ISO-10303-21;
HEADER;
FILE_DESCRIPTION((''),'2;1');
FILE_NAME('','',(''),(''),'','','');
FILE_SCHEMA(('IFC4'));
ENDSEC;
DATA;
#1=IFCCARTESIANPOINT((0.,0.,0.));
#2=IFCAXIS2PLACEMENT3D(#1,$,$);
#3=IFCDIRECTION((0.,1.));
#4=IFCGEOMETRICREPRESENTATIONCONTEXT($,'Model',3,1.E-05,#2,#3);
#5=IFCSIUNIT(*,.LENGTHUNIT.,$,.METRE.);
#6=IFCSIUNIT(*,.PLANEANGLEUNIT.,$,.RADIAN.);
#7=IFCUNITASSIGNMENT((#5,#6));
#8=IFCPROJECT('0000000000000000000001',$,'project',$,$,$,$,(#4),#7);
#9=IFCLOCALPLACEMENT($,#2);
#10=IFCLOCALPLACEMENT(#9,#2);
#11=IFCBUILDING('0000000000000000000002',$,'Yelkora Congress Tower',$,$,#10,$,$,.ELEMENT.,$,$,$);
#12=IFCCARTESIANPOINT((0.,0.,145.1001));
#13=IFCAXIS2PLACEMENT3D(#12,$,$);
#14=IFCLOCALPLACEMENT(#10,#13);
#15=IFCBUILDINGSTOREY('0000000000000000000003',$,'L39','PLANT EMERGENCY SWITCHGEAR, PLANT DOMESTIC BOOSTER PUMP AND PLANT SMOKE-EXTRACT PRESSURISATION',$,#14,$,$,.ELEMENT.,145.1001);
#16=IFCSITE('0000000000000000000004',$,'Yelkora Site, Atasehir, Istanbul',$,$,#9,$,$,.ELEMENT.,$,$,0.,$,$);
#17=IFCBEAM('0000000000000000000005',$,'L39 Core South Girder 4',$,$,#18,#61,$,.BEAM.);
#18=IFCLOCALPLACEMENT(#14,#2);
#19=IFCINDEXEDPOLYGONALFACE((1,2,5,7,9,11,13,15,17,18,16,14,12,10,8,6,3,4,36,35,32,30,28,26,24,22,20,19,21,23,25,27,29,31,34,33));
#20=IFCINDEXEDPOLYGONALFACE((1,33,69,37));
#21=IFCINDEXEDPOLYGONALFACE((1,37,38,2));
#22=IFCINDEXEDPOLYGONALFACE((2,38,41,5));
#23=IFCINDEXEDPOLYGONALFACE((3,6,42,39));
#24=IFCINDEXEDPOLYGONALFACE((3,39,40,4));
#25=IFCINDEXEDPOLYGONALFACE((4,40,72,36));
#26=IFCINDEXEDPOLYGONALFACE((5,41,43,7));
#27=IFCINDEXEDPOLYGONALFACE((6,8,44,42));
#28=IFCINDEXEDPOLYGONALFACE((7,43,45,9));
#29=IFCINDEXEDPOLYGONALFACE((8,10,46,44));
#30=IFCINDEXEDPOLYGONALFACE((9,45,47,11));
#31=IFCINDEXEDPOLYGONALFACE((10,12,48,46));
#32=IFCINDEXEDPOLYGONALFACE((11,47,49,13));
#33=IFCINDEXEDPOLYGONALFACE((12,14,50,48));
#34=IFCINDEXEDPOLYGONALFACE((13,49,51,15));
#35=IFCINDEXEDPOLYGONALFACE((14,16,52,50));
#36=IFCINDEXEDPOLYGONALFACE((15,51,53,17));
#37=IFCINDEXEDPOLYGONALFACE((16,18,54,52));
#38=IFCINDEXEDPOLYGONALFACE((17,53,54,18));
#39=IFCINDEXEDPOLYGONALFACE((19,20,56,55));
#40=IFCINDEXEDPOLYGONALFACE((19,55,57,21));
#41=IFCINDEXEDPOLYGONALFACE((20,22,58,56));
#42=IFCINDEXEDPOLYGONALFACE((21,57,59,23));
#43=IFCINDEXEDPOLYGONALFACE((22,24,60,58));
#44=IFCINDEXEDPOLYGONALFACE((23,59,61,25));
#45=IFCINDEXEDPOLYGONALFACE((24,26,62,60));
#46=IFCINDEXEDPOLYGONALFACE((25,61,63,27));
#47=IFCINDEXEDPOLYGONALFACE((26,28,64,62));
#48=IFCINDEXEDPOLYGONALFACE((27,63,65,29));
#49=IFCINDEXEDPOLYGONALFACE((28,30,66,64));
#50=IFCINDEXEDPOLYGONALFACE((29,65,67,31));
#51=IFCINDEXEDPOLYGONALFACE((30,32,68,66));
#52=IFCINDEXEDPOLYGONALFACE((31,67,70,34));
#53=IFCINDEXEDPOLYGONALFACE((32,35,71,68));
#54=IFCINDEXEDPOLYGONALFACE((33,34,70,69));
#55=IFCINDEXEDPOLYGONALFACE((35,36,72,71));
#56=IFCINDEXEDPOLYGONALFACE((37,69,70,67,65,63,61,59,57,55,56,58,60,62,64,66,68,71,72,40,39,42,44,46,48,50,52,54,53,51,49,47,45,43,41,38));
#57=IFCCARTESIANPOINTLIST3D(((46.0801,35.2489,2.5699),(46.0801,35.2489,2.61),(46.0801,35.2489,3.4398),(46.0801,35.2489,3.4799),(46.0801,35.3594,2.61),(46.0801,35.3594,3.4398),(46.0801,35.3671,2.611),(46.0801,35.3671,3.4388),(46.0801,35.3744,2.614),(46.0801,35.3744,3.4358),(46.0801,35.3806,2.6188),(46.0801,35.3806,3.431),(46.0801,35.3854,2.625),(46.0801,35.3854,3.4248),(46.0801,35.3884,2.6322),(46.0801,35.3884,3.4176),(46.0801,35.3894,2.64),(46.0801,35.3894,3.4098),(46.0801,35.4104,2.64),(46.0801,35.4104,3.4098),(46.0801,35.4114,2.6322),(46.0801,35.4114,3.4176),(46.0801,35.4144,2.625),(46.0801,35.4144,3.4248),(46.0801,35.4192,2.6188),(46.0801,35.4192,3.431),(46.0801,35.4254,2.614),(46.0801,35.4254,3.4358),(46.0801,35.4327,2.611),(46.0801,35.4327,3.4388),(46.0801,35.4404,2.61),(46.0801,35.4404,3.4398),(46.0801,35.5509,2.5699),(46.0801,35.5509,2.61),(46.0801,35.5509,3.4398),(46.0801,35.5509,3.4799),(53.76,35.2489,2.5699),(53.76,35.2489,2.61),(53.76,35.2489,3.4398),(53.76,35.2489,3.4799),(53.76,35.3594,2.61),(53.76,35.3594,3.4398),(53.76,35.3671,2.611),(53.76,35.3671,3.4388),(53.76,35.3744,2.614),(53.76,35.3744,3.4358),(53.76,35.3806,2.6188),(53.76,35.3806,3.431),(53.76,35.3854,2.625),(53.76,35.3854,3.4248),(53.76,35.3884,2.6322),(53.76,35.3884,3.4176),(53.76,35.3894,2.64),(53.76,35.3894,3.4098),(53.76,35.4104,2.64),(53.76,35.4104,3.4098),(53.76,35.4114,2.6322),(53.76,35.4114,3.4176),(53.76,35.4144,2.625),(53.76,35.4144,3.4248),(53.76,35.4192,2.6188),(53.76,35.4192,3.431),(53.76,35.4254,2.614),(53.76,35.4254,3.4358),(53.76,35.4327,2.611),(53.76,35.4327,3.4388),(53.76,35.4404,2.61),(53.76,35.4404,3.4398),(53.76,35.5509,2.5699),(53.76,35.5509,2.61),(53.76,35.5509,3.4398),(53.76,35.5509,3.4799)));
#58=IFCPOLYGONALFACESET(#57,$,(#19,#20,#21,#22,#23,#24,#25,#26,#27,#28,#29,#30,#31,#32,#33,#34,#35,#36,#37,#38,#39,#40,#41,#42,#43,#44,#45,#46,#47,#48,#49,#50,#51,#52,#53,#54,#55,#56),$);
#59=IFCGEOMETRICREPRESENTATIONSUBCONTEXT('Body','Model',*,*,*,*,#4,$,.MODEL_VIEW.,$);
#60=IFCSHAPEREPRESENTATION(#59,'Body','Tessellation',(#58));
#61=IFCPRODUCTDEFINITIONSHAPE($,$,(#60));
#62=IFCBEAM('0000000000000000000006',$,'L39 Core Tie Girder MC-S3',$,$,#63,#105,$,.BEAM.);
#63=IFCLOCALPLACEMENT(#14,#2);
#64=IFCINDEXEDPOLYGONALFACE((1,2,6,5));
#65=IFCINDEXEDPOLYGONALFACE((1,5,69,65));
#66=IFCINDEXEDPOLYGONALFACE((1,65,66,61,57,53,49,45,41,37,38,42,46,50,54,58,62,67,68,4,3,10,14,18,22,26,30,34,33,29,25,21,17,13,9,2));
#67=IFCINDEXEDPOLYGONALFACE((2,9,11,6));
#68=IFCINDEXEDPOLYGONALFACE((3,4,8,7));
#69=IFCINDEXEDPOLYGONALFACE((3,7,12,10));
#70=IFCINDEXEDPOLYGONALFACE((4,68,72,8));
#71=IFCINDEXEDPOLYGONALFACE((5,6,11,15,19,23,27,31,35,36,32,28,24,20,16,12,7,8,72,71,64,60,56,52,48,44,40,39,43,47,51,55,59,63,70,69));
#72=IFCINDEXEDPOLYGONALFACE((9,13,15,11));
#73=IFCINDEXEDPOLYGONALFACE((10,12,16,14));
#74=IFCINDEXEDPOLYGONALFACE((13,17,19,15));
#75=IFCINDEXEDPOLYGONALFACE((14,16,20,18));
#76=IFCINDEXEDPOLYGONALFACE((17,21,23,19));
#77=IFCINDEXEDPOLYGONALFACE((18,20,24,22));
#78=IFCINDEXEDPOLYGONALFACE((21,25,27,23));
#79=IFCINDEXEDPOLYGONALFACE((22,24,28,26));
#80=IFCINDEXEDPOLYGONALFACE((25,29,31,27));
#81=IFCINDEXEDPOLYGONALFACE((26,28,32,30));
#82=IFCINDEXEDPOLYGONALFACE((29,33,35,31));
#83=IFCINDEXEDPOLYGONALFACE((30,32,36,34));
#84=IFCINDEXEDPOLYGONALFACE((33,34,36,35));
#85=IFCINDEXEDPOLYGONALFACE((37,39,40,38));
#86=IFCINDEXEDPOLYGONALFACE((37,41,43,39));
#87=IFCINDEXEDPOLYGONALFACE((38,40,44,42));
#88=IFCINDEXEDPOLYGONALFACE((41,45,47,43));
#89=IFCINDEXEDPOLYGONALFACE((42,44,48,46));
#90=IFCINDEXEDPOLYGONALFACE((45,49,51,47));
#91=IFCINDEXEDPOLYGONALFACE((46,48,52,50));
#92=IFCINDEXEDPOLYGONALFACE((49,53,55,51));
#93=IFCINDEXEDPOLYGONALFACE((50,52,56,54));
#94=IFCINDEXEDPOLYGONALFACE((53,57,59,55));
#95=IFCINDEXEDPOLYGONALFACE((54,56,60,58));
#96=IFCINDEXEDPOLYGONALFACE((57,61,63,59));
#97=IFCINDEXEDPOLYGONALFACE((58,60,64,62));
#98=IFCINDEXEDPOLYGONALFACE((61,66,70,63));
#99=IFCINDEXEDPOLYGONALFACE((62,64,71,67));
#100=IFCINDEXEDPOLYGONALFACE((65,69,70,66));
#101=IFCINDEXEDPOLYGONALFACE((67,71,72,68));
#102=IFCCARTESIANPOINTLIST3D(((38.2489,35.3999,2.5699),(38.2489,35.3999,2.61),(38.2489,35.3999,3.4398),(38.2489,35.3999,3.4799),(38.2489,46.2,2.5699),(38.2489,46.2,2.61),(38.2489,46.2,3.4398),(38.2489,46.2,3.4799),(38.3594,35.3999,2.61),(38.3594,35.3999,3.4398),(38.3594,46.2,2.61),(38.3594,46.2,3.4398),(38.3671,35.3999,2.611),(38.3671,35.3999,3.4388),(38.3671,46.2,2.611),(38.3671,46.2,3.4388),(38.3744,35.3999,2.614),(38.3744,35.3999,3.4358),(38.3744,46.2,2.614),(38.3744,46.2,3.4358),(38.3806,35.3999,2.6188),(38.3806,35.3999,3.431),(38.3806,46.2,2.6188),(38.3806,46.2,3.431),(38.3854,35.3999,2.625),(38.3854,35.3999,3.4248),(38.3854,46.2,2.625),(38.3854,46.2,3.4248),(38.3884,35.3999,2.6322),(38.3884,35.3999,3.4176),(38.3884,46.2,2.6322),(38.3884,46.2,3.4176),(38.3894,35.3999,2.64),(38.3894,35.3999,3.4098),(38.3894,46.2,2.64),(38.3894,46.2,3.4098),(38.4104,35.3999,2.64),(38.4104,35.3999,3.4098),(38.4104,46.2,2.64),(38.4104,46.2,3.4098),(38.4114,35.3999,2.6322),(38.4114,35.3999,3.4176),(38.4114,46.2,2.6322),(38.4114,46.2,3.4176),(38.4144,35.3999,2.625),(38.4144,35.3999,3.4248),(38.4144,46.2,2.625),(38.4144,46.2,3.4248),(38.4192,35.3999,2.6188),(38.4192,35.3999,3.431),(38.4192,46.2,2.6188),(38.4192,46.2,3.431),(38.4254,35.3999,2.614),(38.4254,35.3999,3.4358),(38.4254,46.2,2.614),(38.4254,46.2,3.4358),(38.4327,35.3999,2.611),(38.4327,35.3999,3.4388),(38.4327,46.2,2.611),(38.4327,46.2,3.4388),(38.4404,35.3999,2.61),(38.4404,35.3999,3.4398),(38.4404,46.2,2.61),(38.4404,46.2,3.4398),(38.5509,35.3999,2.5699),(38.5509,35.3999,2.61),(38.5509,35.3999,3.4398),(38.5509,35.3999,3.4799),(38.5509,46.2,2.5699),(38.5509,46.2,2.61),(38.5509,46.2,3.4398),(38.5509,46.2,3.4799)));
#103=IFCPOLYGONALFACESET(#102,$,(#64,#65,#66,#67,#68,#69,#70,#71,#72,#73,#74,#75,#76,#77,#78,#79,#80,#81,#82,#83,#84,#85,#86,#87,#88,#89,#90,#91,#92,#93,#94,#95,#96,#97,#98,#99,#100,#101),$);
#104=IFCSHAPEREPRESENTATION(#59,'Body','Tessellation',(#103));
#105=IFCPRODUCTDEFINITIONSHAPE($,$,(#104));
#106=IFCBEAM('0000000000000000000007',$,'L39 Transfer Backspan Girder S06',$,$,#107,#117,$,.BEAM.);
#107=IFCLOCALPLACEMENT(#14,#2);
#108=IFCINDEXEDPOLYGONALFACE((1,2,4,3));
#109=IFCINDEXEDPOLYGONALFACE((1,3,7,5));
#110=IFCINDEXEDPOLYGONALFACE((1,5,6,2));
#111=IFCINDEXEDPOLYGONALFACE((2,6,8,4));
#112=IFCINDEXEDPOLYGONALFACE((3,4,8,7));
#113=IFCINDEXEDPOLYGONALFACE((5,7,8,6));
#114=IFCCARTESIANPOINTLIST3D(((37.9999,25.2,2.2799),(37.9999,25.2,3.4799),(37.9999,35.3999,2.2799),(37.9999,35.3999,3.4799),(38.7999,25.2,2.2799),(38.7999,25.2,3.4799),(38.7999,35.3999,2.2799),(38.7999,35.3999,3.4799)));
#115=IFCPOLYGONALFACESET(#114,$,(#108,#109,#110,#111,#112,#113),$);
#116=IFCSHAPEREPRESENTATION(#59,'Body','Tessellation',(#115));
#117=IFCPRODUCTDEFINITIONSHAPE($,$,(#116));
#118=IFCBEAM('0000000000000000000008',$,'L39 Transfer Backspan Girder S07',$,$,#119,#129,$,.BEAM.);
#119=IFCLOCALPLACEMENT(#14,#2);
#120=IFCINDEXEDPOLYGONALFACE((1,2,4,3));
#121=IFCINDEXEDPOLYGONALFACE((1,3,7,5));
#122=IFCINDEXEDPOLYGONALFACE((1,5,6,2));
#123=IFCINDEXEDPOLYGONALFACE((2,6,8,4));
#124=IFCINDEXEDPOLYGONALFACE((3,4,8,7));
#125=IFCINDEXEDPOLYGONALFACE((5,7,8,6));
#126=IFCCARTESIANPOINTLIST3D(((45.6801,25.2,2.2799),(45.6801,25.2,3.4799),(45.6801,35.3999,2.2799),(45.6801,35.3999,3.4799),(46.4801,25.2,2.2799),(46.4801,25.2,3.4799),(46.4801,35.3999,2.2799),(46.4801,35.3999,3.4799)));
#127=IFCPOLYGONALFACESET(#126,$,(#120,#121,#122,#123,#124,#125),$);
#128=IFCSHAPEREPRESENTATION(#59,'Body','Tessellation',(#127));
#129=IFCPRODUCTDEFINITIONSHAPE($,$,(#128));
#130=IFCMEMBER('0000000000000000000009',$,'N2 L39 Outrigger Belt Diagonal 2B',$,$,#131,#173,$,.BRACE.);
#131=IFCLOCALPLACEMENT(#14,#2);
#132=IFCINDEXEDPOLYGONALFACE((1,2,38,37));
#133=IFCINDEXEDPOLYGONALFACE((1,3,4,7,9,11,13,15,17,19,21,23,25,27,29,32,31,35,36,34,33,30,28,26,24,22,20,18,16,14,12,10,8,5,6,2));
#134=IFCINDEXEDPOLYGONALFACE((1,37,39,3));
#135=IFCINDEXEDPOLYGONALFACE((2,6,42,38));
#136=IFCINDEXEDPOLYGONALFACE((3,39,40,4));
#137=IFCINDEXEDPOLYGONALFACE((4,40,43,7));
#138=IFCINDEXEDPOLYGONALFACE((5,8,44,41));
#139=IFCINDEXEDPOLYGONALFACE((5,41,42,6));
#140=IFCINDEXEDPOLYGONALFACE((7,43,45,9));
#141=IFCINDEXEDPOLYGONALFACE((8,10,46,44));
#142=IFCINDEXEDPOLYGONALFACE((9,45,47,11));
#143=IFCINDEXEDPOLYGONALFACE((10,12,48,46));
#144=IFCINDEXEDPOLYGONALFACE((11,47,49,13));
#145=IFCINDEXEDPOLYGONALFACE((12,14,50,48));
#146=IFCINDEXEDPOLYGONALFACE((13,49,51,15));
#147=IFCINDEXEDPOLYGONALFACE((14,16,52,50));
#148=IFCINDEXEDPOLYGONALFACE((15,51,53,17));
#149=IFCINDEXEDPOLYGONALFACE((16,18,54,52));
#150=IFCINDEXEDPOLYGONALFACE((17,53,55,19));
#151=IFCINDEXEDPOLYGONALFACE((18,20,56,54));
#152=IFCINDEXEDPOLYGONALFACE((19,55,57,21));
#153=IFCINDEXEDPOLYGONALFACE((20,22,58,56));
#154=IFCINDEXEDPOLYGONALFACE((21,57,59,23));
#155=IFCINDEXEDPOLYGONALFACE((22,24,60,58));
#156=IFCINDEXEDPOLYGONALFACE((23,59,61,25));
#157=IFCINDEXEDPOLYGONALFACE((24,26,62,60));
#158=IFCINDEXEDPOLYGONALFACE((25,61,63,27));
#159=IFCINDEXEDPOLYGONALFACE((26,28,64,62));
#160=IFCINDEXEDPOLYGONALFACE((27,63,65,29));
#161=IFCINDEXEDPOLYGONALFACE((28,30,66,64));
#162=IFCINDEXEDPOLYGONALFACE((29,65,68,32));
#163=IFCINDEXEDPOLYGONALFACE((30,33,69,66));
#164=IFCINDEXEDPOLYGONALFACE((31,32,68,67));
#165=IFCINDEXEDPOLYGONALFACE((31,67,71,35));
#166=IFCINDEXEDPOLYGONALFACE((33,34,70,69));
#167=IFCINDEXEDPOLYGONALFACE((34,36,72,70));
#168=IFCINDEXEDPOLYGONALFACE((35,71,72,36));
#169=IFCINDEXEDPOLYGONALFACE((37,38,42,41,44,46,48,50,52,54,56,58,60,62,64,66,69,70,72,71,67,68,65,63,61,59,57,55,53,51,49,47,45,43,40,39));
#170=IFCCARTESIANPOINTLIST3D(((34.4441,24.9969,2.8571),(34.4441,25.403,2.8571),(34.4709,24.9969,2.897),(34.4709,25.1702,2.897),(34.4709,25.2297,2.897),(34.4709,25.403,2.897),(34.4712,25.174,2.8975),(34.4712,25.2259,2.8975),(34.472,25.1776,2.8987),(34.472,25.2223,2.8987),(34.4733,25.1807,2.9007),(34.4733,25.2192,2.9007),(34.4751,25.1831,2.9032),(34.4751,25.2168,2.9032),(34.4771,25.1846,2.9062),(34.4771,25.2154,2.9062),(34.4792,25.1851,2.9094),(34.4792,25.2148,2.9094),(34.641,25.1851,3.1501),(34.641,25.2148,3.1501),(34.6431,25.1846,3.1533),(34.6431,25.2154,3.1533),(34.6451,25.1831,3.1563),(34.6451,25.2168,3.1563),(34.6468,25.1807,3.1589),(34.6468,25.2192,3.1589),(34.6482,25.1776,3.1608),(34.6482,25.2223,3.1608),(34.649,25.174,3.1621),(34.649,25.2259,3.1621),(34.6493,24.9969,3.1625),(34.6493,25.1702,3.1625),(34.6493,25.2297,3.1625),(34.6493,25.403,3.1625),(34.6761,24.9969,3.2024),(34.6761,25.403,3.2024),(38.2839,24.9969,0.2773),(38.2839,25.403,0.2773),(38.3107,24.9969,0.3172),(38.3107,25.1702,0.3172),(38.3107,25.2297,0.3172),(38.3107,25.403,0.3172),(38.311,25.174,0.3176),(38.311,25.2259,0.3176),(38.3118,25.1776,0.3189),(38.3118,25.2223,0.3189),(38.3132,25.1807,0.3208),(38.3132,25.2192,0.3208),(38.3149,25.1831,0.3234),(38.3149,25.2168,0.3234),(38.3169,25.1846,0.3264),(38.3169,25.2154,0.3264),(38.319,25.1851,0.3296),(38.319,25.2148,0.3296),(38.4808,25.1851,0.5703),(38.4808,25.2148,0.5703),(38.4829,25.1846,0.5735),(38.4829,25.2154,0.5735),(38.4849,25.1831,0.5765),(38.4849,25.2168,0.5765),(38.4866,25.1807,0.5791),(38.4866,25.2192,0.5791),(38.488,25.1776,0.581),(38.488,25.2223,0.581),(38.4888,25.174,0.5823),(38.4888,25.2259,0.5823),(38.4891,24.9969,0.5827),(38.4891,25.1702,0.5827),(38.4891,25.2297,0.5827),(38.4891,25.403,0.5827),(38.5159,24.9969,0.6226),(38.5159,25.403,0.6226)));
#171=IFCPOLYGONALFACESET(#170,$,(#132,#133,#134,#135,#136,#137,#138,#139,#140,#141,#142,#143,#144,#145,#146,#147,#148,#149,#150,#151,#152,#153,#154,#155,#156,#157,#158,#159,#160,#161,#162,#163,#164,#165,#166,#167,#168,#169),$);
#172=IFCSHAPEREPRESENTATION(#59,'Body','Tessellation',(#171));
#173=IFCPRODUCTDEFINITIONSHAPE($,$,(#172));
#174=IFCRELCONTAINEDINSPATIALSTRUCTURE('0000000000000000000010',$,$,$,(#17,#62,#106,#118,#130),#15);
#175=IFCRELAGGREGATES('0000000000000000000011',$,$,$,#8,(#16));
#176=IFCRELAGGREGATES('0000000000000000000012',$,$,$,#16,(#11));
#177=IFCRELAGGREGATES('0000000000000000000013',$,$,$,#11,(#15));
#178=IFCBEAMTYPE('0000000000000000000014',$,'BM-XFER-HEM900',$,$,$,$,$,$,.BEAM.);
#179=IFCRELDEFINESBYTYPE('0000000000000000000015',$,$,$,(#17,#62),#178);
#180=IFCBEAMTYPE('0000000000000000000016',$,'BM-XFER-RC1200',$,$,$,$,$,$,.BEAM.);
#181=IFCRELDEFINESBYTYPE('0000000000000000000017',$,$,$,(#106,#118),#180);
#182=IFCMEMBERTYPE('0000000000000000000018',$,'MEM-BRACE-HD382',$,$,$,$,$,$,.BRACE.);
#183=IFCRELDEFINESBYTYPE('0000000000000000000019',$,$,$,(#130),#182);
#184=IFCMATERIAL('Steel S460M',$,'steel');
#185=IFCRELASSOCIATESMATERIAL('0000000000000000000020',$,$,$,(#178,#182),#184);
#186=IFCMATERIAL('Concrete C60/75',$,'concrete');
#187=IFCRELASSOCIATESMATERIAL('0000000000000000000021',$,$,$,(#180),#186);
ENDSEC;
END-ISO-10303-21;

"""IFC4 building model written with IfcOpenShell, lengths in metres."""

from ifc_helpers import new_model, si_unit, direction, frame, origin, origin_2d, place, context, subcontext, project, spatial, rectangle, i_section, extrude, material, material_profile, profile_set, type_object, element, save


model = new_model("IFC4")

# Units and contexts
model_context = context("Model", 3, precision=1e-05, world=origin(), true_north=direction((0.0, 1.0)))
body_context = subcontext(model_context, "Body", "Model", "MODEL_VIEW")
ifc_project = project(units=[si_unit("LENGTHUNIT", "METRE"), si_unit("PLANEANGLEUNIT", "RADIAN")], contexts=[model_context])

# Site, building, storey
site_placement = place(None, origin())
site = spatial("IfcSite", under=ifc_project, at=site_placement, Name="Yelkora Site, Atasehir, Istanbul", CompositionType="ELEMENT", RefElevation=0.0)
building_placement = place(site_placement, origin())
building = spatial("IfcBuilding", under=site, at=building_placement, Name="Yelkora Congress Tower", CompositionType="ELEMENT")
storey_placement = place(building_placement, frame((0.0, 0.0, 145.1001)))
storey = spatial("IfcBuildingStorey", under=building, at=storey_placement, Name="L39", Description="PLANT EMERGENCY SWITCHGEAR, PLANT DOMESTIC BOOSTER PUMP AND PLANT SMOKE-EXTRACT PRESSURISATION", CompositionType="ELEMENT", Elevation=145.1001)

# Shared definitions
ifc_material_1 = material(Name="Steel S460M", Category="steel")

# Beams
ifc_material_profile_1 = material_profile(ifc_material_1, i_section(OverallWidth=0.302, OverallDepth=0.9099, WebThickness=0.021, FlangeThickness=0.04, FilletRadius=0.03, at=origin_2d()), Name="HEM 900")
ifc_profile_set_1 = profile_set([ifc_material_profile_1], Name="Steel S460M")
beam_type_1 = type_object("IfcBeamType", Name="BM-XFER-HEM900", PredefinedType="BEAM", material=ifc_profile_set_1)
beam_1_placement = place(storey_placement, frame((46.0801, 35.3999, 3.0249), z_axis=(1.0, 0.0, 0.0), x_axis=(0.0, 1.0, 0.0)))
element("IfcBeam", 1, at=beam_1_placement, inside=storey, type_object=beam_type_1, Name="L39 Core South Girder 4", PredefinedType="BEAM", context=body_context, shape_type="SweptSolid", body=[
    extrude(i_section(OverallWidth=0.302, OverallDepth=0.9099, WebThickness=0.021, FlangeThickness=0.04, FilletRadius=0.03, at=origin_2d()), origin(), (0.0, 0.0, 1.0), 7.6799),
])
beam_2_placement = place(storey_placement, frame((38.3999, 35.3999, 3.0249), z_axis=(0.0, 1.0, 0.0), x_axis=(-1.0, 0.0, 0.0)))
element("IfcBeam", 2, at=beam_2_placement, inside=storey, type_object=beam_type_1, Name="L39 Core Tie Girder MC-S3", PredefinedType="BEAM", context=body_context, shape_type="SweptSolid", body=[
    extrude(i_section(OverallWidth=0.302, OverallDepth=0.9099, WebThickness=0.021, FlangeThickness=0.04, FilletRadius=0.03, at=origin_2d()), origin(), (0.0, 0.0, 1.0), 10.8),
])
ifc_material_2 = material(Name="Concrete C60/75", Category="concrete")
ifc_material_profile_2 = material_profile(ifc_material_2, rectangle(XDim=0.8, YDim=1.2, at=origin_2d()), Name="RC 800x1200")
ifc_profile_set_2 = profile_set([ifc_material_profile_2], Name="Concrete C60/75")
beam_type_2 = type_object("IfcBeamType", Name="BM-XFER-RC1200", PredefinedType="BEAM", material=ifc_profile_set_2)
for number, where, z_axis, x_axis, name in (
    (3, (38.3999, 35.3999, 2.8799), (0.0, -1.0, 0.0), (1.0, 0.0, 0.0), "L39 Transfer Backspan Girder S06"),
    (4, (46.0801, 35.3999, 2.8799), (0.0, -1.0, 0.0), (1.0, 0.0, 0.0), "L39 Transfer Backspan Girder S07"),
):
    element("IfcBeam", number, at=place(storey_placement, frame(where, z_axis=z_axis, x_axis=x_axis)), inside=storey, type_object=beam_type_2, Name=name, PredefinedType="BEAM", context=body_context, shape_type="SweptSolid", body=[
        extrude(rectangle(XDim=0.8, YDim=1.2, at=origin_2d()), origin(), (0.0, 0.0, 1.0), 10.2),
    ])

# Member
ifc_material_profile_3 = material_profile(ifc_material_1, i_section(OverallWidth=0.406, OverallDepth=0.416, WebThickness=0.0298, FlangeThickness=0.0481, FilletRadius=0.0149, at=origin_2d()), Name="HD 400x382")
ifc_profile_set_3 = profile_set([ifc_material_profile_3], Name="Steel S460M")
member_type_1 = type_object("IfcMemberType", Name="MEM-BRACE-HD382", PredefinedType="BRACE", material=ifc_profile_set_3)
member_1_placement = place(storey_placement, frame((38.3999, 25.2, 0.45), z_axis=(-0.830056, 0.0, 0.55768), x_axis=(0.0, -1.0, 0.0)))
element("IfcMember", 5, at=member_1_placement, inside=storey, type_object=member_type_1, Name="N2 L39 Outrigger Belt Diagonal 2B", PredefinedType="BRACE", context=body_context, shape_type="SweptSolid", body=[
    extrude(i_section(OverallWidth=0.406, OverallDepth=0.416, WebThickness=0.0298, FlangeThickness=0.0481, FilletRadius=0.0149, at=origin_2d()), origin(), (0.0, 0.0, 1.0), 4.626),
])

save(model, "model.ifc")
